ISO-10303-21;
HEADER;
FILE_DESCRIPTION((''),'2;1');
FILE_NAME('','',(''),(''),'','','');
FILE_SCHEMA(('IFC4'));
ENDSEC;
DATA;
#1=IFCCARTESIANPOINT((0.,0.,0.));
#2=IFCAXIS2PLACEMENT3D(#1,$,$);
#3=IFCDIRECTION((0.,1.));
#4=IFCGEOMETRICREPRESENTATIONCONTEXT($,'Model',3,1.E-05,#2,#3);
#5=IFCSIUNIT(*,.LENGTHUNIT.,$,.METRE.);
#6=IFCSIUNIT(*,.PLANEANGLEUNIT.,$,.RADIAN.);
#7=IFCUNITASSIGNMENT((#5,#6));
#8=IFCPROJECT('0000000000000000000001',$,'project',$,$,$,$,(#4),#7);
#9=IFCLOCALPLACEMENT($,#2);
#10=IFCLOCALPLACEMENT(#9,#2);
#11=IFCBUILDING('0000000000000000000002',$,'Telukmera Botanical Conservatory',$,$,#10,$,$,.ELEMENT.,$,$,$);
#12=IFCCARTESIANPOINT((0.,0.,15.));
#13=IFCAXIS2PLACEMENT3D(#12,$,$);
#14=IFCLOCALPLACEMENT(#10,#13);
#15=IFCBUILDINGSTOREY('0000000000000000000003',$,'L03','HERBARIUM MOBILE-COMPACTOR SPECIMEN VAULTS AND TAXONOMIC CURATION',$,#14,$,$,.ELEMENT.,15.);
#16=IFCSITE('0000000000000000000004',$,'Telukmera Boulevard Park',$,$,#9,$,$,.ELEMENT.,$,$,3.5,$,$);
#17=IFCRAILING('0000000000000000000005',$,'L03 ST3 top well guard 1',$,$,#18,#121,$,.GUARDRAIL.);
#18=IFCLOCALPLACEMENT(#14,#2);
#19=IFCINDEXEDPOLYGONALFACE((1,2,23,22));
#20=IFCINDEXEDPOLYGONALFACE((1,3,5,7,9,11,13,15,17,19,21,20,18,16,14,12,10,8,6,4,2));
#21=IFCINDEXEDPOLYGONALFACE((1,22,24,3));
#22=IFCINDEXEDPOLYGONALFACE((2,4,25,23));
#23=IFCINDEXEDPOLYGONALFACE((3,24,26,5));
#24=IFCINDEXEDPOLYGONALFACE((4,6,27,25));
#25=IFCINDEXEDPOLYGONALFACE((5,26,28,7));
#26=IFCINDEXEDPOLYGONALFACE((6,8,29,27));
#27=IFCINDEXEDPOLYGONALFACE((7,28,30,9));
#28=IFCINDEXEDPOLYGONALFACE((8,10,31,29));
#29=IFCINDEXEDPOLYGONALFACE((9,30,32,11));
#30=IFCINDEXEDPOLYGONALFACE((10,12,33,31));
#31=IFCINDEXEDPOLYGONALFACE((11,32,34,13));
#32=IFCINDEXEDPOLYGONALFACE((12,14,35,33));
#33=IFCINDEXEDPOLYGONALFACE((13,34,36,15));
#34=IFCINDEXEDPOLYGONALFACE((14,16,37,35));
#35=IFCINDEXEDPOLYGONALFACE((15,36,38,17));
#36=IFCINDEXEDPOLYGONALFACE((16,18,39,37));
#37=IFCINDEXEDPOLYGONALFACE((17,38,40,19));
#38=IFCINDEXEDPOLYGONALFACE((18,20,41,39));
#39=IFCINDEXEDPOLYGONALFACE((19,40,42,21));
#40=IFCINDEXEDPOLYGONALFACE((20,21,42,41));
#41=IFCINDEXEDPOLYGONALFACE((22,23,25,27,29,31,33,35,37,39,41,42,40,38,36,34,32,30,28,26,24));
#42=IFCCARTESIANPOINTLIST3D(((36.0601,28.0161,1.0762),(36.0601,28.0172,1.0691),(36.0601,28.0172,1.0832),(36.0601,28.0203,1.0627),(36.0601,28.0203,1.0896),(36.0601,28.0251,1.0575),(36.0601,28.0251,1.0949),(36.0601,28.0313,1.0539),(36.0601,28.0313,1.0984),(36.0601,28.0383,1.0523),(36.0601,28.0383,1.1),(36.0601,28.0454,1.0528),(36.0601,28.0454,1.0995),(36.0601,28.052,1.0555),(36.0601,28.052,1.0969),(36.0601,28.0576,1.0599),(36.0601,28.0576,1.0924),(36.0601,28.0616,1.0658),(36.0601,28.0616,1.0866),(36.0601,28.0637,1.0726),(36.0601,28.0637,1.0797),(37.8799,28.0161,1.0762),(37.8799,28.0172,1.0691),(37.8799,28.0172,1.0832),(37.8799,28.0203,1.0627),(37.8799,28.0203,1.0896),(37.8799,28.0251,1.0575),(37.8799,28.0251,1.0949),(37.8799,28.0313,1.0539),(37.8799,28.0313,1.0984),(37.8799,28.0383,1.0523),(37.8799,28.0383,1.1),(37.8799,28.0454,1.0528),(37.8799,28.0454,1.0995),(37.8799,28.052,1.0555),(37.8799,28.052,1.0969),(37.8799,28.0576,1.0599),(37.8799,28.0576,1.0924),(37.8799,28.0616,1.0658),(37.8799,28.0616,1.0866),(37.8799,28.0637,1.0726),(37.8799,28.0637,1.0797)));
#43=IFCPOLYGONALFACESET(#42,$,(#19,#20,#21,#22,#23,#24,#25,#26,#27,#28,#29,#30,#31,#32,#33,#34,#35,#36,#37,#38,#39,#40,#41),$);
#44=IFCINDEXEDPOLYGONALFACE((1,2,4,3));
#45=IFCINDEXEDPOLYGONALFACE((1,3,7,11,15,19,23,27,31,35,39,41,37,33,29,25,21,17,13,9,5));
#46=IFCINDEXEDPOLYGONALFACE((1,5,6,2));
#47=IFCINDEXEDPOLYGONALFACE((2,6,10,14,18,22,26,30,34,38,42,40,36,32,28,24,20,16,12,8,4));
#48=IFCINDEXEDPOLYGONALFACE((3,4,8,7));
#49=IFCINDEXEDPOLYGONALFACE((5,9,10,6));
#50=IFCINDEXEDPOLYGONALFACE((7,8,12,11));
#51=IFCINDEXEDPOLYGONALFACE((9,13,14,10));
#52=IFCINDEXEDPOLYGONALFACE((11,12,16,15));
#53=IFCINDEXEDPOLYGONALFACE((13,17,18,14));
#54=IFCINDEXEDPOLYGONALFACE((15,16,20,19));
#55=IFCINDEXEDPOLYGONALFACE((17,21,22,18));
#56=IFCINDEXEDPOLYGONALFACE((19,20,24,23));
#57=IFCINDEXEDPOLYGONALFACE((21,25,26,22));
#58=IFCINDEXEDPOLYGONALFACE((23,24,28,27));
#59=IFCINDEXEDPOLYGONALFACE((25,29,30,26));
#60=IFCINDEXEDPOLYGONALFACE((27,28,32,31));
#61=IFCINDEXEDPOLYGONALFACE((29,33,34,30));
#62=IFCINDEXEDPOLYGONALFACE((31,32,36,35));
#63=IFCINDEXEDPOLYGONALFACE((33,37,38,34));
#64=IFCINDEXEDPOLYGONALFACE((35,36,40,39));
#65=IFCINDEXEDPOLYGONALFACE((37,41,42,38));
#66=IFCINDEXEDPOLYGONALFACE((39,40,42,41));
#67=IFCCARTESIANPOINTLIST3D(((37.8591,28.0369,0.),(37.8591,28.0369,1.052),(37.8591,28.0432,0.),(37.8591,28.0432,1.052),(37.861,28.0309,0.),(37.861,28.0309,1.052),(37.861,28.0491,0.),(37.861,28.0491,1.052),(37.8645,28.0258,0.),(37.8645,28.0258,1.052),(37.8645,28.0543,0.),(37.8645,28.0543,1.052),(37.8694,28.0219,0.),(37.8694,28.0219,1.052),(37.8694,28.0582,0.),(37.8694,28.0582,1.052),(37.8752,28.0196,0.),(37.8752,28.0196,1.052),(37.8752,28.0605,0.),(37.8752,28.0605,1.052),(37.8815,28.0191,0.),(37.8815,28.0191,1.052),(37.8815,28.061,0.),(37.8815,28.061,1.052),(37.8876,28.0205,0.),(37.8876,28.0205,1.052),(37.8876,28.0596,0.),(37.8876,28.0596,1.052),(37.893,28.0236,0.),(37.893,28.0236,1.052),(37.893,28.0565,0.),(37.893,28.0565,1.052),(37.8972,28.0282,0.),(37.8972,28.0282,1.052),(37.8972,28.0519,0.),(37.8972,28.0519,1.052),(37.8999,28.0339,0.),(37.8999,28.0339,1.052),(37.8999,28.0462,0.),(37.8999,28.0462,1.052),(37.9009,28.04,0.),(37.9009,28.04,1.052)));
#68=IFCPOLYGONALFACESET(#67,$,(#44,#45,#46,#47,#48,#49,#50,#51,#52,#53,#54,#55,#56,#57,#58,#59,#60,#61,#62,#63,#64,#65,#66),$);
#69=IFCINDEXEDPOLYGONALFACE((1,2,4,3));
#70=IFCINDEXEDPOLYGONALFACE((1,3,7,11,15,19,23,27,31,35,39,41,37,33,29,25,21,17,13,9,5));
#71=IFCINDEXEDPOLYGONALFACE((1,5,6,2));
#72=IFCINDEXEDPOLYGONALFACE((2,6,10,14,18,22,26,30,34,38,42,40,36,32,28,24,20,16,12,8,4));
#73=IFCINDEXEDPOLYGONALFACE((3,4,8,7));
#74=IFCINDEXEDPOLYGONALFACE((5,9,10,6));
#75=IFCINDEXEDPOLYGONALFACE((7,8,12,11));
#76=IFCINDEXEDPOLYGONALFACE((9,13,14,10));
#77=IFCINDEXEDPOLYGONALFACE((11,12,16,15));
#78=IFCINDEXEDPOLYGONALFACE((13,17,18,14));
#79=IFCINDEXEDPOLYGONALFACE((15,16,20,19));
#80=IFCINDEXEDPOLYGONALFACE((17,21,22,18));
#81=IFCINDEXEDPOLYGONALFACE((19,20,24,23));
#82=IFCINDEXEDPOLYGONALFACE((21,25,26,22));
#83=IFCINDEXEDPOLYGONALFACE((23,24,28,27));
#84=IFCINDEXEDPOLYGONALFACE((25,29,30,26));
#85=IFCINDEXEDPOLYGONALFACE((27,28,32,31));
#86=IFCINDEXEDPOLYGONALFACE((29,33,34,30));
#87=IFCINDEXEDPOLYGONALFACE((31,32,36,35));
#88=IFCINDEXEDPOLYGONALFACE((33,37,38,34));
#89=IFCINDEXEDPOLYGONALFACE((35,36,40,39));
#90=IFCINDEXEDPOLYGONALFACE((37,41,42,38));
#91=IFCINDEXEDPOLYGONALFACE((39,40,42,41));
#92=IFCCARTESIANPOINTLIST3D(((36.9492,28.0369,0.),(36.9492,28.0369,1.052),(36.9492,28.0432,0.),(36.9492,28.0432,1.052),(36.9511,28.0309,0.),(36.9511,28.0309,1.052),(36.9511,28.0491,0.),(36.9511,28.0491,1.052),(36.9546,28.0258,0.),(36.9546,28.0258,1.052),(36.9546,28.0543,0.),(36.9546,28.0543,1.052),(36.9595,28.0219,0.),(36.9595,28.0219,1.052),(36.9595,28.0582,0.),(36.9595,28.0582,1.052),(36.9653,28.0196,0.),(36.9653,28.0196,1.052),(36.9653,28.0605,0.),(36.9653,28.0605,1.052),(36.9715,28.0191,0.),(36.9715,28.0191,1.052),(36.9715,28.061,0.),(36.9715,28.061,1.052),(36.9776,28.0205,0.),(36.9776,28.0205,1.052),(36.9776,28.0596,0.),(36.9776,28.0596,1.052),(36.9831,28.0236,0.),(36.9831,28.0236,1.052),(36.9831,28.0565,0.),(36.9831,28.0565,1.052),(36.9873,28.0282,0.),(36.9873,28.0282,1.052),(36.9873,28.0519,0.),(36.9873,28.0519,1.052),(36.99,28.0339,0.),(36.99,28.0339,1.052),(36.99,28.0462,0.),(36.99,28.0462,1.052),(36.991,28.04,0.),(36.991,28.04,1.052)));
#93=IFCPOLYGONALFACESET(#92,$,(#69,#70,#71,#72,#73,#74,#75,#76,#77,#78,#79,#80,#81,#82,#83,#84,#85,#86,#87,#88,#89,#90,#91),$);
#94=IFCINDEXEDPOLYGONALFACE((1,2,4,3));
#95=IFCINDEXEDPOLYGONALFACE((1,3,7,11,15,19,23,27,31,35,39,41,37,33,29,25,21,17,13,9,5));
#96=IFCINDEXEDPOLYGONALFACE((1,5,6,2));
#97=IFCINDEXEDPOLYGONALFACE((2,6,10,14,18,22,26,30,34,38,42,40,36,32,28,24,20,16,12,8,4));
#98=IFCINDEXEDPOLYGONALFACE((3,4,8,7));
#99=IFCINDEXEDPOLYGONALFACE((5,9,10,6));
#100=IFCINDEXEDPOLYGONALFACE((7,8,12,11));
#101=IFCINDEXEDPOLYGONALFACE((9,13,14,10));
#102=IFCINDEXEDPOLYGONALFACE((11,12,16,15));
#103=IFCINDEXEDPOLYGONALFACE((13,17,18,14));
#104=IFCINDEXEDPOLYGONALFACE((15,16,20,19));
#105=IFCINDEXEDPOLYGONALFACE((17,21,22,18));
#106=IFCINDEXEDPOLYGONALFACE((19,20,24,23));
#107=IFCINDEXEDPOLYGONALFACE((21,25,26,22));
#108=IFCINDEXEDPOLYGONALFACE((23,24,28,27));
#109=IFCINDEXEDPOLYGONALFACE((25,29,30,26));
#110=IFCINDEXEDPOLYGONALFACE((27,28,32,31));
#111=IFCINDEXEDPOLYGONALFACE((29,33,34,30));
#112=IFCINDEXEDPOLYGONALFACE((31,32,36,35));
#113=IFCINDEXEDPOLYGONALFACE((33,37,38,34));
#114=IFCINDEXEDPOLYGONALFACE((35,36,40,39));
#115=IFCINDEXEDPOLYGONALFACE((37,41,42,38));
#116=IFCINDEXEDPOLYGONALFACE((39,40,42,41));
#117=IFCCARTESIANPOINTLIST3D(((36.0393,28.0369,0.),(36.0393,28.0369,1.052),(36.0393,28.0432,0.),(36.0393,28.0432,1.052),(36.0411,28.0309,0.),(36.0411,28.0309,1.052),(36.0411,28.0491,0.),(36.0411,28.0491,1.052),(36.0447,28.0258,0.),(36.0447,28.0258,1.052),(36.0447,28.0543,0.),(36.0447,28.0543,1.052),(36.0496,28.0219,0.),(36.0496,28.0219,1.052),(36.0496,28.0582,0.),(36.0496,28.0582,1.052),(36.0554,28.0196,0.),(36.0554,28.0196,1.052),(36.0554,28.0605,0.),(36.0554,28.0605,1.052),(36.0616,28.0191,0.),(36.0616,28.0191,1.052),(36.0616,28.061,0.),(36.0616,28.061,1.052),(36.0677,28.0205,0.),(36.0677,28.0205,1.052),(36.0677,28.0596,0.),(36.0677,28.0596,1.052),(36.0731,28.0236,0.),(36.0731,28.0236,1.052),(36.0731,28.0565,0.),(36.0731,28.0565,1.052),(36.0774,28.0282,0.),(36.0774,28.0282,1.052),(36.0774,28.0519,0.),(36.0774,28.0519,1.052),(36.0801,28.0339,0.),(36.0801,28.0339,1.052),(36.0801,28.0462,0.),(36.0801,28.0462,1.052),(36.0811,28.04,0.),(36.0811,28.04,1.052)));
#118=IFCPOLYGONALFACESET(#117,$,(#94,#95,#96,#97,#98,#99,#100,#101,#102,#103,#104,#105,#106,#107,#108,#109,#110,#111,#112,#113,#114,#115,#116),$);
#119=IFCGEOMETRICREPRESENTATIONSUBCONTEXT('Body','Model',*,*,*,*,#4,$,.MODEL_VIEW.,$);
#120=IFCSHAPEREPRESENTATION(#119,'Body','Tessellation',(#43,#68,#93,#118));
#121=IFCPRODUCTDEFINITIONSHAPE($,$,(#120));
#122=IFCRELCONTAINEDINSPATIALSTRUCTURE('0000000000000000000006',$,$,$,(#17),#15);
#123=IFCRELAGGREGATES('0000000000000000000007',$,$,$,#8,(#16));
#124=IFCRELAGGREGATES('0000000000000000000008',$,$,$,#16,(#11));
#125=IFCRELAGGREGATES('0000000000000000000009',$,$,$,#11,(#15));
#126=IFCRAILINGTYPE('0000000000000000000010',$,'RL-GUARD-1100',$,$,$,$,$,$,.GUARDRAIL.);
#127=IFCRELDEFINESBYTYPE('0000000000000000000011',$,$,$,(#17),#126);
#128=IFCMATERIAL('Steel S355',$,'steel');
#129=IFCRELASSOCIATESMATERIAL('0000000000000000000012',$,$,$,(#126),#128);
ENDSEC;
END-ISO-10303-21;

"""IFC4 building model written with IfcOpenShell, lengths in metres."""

from ifc_helpers import new_model, si_unit, direction, frame, origin, origin_2d, place, context, subcontext, project, spatial, circle, extrude, material, type_object, element, save


model = new_model("IFC4")

# Units and contexts
model_context = context("Model", 3, precision=1e-05, world=origin(), true_north=direction((0.0, 1.0)))
body_context = subcontext(model_context, "Body", "Model", "MODEL_VIEW")
ifc_project = project(units=[si_unit("LENGTHUNIT", "METRE"), si_unit("PLANEANGLEUNIT", "RADIAN")], contexts=[model_context])

# Site, building, storey
site_placement = place(None, origin())
site = spatial("IfcSite", under=ifc_project, at=site_placement, Name="Telukmera Boulevard Park", CompositionType="ELEMENT", RefElevation=3.5)
building_placement = place(site_placement, origin())
building = spatial("IfcBuilding", under=site, at=building_placement, Name="Telukmera Botanical Conservatory", CompositionType="ELEMENT")
storey_placement = place(building_placement, frame((0.0, 0.0, 15.0)))
storey = spatial("IfcBuildingStorey", under=building, at=storey_placement, Name="L03", Description="HERBARIUM MOBILE-COMPACTOR SPECIMEN VAULTS AND TAXONOMIC CURATION", CompositionType="ELEMENT", Elevation=15.0)

# Railing
ifc_material_1 = material(Name="Steel S355", Category="steel")
railing_type = type_object("IfcRailingType", Name="RL-GUARD-1100", PredefinedType="GUARDRAIL", material=ifc_material_1)
railing_placement = place(storey_placement, frame((37.8799, 28.04, 0.0)))
element("IfcRailing", 1, at=railing_placement, inside=storey, type_object=railing_type, Name="L03 ST3 top well guard 1", PredefinedType="GUARDRAIL", context=body_context, shape_type="SweptSolid", body=[
    extrude(circle(Radius=0.0239, at=origin_2d()), frame((0.0, 0.0, 1.0762), z_axis=(-1.0, 0.0, 0.0), x_axis=(0.0, -1.0, 0.0)), (0.0, 0.0, 1.0), 1.8198),
    extrude(circle(Radius=0.021, at=origin_2d()), origin(), (0.0, 0.0, 1.0), 1.052),
    extrude(circle(Radius=0.021, at=origin_2d()), frame((-0.9099, 0.0, 0.0)), (0.0, 0.0, 1.0), 1.052),
    extrude(circle(Radius=0.021, at=origin_2d()), frame((-1.8198, 0.0, 0.0)), (0.0, 0.0, 1.0), 1.052),
])

save(model, "model.ifc")
